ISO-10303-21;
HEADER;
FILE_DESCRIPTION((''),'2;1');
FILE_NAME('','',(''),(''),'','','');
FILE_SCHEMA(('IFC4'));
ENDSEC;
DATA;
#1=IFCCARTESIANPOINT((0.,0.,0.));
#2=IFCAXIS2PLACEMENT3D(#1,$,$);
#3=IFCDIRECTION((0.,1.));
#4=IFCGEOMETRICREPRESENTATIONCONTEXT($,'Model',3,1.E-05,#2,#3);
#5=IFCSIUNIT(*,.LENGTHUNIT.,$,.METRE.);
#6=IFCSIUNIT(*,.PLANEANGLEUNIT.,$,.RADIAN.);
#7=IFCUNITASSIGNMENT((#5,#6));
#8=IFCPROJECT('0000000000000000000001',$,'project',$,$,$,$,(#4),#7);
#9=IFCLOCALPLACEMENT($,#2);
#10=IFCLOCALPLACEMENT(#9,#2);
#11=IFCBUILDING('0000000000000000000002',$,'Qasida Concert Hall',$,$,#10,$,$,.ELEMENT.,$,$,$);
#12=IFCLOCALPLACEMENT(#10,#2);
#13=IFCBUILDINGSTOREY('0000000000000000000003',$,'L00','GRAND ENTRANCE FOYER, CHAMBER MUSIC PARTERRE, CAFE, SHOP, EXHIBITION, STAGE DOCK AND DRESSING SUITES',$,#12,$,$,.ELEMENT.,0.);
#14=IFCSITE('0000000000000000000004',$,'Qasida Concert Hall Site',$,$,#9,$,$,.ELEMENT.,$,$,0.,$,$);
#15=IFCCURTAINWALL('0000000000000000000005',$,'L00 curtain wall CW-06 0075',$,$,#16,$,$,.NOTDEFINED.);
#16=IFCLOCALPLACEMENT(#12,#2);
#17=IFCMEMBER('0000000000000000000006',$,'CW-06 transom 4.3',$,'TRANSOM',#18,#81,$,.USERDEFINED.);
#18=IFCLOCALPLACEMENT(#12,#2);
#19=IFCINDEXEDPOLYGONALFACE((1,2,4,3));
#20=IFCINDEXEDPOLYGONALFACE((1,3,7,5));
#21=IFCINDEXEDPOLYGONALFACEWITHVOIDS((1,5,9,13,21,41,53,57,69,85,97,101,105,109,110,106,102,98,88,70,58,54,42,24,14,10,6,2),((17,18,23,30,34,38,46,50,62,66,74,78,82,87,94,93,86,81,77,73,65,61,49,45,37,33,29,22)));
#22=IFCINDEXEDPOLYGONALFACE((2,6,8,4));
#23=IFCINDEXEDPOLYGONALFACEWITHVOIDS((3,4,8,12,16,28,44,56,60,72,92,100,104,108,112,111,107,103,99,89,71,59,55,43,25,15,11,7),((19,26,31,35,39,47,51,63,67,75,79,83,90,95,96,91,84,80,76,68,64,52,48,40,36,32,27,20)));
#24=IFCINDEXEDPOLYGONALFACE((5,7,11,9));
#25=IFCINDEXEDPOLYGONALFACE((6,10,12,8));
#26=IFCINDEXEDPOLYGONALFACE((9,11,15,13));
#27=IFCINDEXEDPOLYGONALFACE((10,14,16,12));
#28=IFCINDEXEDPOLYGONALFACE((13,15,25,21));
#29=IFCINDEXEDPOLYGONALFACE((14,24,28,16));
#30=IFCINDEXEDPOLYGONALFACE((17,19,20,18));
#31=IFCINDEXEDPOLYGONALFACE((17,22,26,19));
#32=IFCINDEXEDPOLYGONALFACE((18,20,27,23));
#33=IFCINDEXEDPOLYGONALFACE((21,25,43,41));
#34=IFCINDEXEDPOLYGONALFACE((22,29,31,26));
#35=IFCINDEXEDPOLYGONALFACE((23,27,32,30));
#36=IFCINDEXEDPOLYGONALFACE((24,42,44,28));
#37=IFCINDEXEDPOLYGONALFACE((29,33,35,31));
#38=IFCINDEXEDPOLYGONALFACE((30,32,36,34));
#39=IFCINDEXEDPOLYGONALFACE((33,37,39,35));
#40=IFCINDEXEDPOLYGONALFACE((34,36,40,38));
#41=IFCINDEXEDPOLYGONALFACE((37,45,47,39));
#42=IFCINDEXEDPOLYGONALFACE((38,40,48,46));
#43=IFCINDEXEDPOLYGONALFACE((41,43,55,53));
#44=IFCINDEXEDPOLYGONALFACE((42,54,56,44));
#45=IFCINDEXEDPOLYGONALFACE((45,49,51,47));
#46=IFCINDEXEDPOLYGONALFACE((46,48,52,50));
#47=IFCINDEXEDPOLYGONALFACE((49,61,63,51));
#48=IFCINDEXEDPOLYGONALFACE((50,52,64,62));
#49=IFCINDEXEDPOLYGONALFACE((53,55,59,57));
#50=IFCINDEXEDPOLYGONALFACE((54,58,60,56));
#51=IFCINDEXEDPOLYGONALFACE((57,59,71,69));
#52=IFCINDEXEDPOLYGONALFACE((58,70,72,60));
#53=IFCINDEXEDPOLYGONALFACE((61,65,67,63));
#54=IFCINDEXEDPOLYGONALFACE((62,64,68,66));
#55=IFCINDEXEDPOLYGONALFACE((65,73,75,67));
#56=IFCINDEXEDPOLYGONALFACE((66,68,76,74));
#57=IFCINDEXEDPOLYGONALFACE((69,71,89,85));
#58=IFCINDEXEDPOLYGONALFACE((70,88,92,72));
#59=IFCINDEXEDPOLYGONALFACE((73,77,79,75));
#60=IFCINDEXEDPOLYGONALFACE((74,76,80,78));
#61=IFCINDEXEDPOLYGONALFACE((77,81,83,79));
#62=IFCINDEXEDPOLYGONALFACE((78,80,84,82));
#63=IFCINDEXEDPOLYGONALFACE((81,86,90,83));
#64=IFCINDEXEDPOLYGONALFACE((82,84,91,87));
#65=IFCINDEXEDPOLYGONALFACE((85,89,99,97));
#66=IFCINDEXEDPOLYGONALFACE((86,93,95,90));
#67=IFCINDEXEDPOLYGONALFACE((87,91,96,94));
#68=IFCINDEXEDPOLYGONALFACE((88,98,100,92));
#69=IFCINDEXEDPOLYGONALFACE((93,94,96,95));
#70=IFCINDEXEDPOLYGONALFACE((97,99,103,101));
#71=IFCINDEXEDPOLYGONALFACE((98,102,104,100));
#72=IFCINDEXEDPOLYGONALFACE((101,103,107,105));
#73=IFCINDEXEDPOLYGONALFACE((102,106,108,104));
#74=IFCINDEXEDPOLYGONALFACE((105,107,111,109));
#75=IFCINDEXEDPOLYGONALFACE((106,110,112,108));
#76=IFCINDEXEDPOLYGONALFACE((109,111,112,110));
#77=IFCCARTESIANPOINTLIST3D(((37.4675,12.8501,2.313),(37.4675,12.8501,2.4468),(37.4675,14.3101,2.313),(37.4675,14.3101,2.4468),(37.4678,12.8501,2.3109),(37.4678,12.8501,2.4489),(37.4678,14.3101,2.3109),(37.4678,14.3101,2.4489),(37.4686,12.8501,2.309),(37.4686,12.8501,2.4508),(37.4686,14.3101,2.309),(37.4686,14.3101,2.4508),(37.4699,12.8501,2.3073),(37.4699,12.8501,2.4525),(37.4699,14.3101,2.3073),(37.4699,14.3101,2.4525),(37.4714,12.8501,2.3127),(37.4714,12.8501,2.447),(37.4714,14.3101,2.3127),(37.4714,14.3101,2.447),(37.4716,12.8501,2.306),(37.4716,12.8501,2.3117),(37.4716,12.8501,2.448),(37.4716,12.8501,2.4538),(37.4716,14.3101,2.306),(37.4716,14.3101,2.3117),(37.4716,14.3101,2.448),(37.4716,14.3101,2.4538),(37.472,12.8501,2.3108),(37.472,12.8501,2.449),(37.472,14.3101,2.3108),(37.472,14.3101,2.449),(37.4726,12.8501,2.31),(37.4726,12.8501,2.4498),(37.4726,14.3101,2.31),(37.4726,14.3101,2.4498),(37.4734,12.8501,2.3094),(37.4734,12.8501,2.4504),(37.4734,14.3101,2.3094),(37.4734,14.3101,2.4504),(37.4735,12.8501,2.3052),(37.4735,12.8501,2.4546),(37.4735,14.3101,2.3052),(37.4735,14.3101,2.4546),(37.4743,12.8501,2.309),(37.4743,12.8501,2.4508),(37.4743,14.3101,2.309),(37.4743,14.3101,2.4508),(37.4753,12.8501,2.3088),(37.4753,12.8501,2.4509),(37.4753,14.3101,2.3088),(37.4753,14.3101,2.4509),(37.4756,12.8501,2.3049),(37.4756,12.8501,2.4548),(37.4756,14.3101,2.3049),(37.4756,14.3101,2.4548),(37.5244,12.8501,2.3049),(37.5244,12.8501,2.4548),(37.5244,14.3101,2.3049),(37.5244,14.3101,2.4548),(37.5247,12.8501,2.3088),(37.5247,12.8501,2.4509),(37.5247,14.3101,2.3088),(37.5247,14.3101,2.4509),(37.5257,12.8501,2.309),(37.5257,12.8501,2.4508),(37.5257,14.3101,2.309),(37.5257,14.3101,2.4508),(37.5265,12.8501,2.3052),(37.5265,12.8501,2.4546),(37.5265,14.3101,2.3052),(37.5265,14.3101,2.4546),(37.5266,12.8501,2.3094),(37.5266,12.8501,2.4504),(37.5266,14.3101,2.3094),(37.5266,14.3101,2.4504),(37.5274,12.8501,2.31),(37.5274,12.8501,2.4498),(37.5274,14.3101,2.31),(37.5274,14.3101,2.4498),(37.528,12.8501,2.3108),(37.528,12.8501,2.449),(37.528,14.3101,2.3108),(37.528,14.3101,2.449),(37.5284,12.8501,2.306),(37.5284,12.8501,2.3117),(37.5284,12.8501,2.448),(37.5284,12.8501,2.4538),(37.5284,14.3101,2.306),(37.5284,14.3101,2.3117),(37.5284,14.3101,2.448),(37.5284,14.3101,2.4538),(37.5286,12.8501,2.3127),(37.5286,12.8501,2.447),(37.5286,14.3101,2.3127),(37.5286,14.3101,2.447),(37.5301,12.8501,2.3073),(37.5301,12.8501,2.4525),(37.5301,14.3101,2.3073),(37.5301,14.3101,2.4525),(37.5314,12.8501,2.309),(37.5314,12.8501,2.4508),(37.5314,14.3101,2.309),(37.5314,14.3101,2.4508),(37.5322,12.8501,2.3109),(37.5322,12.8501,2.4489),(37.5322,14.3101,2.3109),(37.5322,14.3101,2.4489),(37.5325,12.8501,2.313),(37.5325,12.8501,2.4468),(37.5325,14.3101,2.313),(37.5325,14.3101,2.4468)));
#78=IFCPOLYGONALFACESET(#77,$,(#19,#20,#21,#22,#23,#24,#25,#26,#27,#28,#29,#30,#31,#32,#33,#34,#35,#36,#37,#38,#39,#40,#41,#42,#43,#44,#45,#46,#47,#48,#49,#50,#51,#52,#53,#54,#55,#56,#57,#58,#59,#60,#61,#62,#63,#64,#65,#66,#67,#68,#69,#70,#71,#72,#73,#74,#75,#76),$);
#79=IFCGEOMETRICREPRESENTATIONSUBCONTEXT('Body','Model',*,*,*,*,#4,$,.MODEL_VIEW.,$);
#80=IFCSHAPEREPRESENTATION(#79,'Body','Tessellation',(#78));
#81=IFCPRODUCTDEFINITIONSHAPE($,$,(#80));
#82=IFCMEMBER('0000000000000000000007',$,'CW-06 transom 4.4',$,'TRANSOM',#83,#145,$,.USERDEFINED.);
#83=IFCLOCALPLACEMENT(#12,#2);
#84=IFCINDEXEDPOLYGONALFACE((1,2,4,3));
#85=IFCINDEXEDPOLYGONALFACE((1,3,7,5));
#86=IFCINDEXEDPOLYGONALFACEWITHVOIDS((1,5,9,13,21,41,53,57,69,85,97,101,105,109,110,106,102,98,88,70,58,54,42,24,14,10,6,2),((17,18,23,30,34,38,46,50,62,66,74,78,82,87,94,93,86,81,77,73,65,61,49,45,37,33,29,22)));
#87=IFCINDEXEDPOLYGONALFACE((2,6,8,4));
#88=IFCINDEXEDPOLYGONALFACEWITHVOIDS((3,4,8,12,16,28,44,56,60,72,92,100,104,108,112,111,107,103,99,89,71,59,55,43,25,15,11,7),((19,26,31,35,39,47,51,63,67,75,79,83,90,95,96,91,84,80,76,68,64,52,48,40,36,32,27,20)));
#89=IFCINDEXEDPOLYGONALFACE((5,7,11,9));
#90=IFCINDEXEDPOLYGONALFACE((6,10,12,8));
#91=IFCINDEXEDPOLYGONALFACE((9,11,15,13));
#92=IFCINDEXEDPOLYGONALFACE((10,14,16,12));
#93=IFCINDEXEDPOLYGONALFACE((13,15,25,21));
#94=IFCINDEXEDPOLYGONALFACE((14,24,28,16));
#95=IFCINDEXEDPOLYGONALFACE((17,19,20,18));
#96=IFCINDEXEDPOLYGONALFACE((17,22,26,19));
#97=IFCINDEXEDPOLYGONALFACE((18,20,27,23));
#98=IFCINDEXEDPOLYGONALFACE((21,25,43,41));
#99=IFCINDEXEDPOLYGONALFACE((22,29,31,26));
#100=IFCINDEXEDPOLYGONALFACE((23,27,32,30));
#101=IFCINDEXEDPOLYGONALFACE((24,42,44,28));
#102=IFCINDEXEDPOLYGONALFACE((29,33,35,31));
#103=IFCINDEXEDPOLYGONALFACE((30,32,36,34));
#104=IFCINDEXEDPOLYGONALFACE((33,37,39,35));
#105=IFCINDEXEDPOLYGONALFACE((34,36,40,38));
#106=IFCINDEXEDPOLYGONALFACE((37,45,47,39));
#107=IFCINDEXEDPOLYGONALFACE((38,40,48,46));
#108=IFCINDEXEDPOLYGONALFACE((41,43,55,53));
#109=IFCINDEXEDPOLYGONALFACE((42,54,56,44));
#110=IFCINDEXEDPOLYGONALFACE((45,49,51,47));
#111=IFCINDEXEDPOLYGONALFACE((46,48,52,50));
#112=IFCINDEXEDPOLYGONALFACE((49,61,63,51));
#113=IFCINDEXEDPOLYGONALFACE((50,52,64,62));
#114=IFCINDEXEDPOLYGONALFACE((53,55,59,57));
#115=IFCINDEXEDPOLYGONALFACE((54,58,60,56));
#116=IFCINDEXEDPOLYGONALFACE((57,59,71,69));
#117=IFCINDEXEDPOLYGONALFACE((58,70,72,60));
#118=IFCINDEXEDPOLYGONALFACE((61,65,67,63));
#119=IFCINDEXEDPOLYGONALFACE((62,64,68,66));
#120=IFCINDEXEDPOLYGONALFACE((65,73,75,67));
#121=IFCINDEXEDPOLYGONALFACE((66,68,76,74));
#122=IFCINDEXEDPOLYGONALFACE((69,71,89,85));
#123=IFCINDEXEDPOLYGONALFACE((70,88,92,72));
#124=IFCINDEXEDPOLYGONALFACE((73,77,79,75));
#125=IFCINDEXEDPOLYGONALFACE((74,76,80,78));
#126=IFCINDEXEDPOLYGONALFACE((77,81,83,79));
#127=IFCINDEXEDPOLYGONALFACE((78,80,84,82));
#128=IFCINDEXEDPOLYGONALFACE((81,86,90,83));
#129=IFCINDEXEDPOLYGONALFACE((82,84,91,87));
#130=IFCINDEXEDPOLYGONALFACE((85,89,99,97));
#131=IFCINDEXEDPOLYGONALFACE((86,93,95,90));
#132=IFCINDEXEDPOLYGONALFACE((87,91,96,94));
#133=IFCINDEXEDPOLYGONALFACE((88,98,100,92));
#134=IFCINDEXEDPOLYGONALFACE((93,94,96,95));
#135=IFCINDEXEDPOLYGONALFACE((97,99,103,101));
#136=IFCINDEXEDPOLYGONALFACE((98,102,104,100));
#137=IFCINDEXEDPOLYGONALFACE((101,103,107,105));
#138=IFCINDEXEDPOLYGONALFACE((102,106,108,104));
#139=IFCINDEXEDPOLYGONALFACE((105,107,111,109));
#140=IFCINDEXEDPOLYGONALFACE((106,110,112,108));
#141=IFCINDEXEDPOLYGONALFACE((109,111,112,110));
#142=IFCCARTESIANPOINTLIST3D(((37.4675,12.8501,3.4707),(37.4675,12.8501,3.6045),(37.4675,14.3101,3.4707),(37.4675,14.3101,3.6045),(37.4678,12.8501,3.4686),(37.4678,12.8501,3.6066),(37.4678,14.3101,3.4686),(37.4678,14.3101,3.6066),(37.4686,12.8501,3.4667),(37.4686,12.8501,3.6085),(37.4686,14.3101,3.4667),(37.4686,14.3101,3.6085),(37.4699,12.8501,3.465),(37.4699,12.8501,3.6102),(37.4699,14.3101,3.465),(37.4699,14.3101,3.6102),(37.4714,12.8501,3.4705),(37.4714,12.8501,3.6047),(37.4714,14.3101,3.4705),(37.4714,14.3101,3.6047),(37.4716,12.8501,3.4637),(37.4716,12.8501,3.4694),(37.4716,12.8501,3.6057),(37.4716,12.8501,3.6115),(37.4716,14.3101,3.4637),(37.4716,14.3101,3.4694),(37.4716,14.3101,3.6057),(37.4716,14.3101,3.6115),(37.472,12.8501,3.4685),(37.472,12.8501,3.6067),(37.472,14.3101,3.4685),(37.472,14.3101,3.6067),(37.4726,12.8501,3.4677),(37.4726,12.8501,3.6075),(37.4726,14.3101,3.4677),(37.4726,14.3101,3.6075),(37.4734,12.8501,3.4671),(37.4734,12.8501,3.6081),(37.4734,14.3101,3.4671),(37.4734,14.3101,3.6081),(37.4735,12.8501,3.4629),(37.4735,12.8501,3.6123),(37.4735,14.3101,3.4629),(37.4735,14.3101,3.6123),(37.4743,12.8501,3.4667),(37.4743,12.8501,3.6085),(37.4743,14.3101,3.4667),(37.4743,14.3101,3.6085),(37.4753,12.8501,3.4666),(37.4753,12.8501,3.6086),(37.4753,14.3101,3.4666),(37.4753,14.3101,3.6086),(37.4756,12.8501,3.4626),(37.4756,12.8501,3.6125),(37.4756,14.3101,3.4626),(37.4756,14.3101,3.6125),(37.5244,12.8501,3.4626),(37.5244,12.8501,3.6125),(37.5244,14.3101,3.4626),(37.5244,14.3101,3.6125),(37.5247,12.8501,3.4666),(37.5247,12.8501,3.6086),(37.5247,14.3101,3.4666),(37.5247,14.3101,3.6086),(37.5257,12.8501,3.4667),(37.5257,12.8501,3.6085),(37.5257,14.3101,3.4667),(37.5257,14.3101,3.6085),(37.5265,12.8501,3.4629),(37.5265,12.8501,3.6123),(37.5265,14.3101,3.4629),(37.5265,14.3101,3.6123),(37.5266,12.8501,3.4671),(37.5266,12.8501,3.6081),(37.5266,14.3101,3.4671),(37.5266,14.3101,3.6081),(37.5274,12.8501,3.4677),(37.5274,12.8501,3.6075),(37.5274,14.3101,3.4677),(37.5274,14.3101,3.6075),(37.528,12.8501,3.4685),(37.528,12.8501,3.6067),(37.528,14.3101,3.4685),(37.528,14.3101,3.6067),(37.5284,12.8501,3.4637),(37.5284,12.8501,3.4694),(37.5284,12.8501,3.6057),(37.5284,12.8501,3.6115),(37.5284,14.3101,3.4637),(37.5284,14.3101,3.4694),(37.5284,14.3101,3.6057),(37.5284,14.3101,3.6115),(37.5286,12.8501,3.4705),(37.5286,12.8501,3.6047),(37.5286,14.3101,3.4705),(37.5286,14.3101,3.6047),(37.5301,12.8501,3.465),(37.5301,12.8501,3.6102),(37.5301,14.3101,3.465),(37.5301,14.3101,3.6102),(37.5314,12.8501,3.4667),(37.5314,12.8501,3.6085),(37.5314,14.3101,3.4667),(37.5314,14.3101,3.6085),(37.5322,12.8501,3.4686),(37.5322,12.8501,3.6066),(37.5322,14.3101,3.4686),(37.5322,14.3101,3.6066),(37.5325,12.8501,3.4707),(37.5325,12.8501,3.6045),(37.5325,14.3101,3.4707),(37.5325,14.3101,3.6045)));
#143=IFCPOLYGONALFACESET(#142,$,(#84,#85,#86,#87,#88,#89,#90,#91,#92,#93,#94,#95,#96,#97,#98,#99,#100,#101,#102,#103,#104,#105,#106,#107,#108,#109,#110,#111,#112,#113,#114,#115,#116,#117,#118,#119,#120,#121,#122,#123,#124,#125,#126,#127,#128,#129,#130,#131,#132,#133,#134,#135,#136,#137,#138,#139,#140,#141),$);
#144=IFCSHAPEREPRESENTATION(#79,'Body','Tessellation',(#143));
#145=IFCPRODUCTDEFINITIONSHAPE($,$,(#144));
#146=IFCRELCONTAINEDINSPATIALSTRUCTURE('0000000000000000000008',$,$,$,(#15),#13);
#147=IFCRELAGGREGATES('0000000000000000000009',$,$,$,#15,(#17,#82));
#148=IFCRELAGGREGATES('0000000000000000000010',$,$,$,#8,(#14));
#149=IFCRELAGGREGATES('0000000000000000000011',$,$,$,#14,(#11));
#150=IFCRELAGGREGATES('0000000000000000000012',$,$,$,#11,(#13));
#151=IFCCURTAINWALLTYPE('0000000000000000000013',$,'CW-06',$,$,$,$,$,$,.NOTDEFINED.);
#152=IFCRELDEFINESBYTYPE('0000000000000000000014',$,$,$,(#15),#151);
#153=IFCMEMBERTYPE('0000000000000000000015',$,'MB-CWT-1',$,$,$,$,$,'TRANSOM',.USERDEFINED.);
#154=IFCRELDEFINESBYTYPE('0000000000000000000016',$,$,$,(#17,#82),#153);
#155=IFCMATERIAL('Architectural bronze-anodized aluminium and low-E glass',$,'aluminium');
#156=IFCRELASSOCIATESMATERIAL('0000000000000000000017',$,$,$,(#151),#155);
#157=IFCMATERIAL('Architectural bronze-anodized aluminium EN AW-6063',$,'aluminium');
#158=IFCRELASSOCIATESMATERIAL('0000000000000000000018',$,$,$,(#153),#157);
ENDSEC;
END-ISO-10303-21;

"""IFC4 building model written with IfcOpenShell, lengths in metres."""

from ifc_helpers import new_model, si_unit, direction, frame, origin, origin_2d, place, context, subcontext, project, spatial, hollow_rectangle, extrude, material, material_profile, profile_set, type_object, element, aggregate, save


model = new_model("IFC4")

# Units and contexts
model_context = context("Model", 3, precision=1e-05, world=origin(), true_north=direction((0.0, 1.0)))
body_context = subcontext(model_context, "Body", "Model", "MODEL_VIEW")
ifc_project = project(units=[si_unit("LENGTHUNIT", "METRE"), si_unit("PLANEANGLEUNIT", "RADIAN")], contexts=[model_context])

# Site, building, storey
site_placement = place(None, origin())
site = spatial("IfcSite", under=ifc_project, at=site_placement, Name="Qasida Concert Hall Site", CompositionType="ELEMENT", RefElevation=0.0)
building_placement = place(site_placement, origin())
building = spatial("IfcBuilding", under=site, at=building_placement, Name="Qasida Concert Hall", CompositionType="ELEMENT")
storey_placement = place(building_placement, origin())
storey = spatial("IfcBuildingStorey", under=building, at=storey_placement, Name="L00", Description="GRAND ENTRANCE FOYER, CHAMBER MUSIC PARTERRE, CAFE, SHOP, EXHIBITION, STAGE DOCK AND DRESSING SUITES", CompositionType="ELEMENT", Elevation=0.0)

# Curtain wall
ifc_material_1 = material(Name="Architectural bronze-anodized aluminium and low-E glass", Category="aluminium")
curtain_wall_type = type_object("IfcCurtainWallType", Name="CW-06", PredefinedType="NOTDEFINED", material=ifc_material_1)
curtain_wall_1_placement = place(storey_placement, origin())
curtain_wall_1 = element("IfcCurtainWall", 1, at=curtain_wall_1_placement, inside=storey, type_object=curtain_wall_type, Name="L00 curtain wall CW-06 0075", PredefinedType="NOTDEFINED")
ifc_material_2 = material(Name="Architectural bronze-anodized aluminium EN AW-6063", Category="aluminium")

# Members
ifc_material_profile_1 = material_profile(ifc_material_2, hollow_rectangle(XDim=0.0649, YDim=0.1499, WallThickness=0.0039, InnerFilletRadius=0.0039, OuterFilletRadius=0.0081, at=origin_2d()), Name="CWT 150x65x4")
ifc_profile_set_1 = profile_set([ifc_material_profile_1], Name="Architectural bronze-anodized aluminium EN AW-6063")
member_type_1 = type_object("IfcMemberType", Name="MB-CWT-1", ElementType="TRANSOM", PredefinedType="USERDEFINED", material=ifc_profile_set_1)
member_1_placement = place(storey_placement, frame((37.5, 12.8501, 2.3799), z_axis=(0.0, 1.0, 0.0), x_axis=(-1.0, 0.0, 0.0)))
member_1 = element("IfcMember", 2, at=member_1_placement, type_object=member_type_1, Name="CW-06 transom 4.3", ObjectType="TRANSOM", PredefinedType="USERDEFINED", context=body_context, shape_type="SweptSolid", body=[
    extrude(hollow_rectangle(XDim=0.0649, YDim=0.1499, WallThickness=0.0039, InnerFilletRadius=0.0039, OuterFilletRadius=0.0081, at=origin_2d()), origin(), (0.0, 0.0, 1.0), 1.46),
])
member_2_placement = place(storey_placement, frame((37.5, 12.8501, 3.5376), z_axis=(0.0, 1.0, 0.0), x_axis=(-1.0, 0.0, 0.0)))
member_2 = element("IfcMember", 3, at=member_2_placement, type_object=member_type_1, Name="CW-06 transom 4.4", ObjectType="TRANSOM", PredefinedType="USERDEFINED", context=body_context, shape_type="SweptSolid", body=[
    extrude(hollow_rectangle(XDim=0.0649, YDim=0.1499, WallThickness=0.0039, InnerFilletRadius=0.0039, OuterFilletRadius=0.0081, at=origin_2d()), origin(), (0.0, 0.0, 1.0), 1.46),
])

aggregate(curtain_wall_1, [member_1, member_2])

save(model, "model.ifc")
